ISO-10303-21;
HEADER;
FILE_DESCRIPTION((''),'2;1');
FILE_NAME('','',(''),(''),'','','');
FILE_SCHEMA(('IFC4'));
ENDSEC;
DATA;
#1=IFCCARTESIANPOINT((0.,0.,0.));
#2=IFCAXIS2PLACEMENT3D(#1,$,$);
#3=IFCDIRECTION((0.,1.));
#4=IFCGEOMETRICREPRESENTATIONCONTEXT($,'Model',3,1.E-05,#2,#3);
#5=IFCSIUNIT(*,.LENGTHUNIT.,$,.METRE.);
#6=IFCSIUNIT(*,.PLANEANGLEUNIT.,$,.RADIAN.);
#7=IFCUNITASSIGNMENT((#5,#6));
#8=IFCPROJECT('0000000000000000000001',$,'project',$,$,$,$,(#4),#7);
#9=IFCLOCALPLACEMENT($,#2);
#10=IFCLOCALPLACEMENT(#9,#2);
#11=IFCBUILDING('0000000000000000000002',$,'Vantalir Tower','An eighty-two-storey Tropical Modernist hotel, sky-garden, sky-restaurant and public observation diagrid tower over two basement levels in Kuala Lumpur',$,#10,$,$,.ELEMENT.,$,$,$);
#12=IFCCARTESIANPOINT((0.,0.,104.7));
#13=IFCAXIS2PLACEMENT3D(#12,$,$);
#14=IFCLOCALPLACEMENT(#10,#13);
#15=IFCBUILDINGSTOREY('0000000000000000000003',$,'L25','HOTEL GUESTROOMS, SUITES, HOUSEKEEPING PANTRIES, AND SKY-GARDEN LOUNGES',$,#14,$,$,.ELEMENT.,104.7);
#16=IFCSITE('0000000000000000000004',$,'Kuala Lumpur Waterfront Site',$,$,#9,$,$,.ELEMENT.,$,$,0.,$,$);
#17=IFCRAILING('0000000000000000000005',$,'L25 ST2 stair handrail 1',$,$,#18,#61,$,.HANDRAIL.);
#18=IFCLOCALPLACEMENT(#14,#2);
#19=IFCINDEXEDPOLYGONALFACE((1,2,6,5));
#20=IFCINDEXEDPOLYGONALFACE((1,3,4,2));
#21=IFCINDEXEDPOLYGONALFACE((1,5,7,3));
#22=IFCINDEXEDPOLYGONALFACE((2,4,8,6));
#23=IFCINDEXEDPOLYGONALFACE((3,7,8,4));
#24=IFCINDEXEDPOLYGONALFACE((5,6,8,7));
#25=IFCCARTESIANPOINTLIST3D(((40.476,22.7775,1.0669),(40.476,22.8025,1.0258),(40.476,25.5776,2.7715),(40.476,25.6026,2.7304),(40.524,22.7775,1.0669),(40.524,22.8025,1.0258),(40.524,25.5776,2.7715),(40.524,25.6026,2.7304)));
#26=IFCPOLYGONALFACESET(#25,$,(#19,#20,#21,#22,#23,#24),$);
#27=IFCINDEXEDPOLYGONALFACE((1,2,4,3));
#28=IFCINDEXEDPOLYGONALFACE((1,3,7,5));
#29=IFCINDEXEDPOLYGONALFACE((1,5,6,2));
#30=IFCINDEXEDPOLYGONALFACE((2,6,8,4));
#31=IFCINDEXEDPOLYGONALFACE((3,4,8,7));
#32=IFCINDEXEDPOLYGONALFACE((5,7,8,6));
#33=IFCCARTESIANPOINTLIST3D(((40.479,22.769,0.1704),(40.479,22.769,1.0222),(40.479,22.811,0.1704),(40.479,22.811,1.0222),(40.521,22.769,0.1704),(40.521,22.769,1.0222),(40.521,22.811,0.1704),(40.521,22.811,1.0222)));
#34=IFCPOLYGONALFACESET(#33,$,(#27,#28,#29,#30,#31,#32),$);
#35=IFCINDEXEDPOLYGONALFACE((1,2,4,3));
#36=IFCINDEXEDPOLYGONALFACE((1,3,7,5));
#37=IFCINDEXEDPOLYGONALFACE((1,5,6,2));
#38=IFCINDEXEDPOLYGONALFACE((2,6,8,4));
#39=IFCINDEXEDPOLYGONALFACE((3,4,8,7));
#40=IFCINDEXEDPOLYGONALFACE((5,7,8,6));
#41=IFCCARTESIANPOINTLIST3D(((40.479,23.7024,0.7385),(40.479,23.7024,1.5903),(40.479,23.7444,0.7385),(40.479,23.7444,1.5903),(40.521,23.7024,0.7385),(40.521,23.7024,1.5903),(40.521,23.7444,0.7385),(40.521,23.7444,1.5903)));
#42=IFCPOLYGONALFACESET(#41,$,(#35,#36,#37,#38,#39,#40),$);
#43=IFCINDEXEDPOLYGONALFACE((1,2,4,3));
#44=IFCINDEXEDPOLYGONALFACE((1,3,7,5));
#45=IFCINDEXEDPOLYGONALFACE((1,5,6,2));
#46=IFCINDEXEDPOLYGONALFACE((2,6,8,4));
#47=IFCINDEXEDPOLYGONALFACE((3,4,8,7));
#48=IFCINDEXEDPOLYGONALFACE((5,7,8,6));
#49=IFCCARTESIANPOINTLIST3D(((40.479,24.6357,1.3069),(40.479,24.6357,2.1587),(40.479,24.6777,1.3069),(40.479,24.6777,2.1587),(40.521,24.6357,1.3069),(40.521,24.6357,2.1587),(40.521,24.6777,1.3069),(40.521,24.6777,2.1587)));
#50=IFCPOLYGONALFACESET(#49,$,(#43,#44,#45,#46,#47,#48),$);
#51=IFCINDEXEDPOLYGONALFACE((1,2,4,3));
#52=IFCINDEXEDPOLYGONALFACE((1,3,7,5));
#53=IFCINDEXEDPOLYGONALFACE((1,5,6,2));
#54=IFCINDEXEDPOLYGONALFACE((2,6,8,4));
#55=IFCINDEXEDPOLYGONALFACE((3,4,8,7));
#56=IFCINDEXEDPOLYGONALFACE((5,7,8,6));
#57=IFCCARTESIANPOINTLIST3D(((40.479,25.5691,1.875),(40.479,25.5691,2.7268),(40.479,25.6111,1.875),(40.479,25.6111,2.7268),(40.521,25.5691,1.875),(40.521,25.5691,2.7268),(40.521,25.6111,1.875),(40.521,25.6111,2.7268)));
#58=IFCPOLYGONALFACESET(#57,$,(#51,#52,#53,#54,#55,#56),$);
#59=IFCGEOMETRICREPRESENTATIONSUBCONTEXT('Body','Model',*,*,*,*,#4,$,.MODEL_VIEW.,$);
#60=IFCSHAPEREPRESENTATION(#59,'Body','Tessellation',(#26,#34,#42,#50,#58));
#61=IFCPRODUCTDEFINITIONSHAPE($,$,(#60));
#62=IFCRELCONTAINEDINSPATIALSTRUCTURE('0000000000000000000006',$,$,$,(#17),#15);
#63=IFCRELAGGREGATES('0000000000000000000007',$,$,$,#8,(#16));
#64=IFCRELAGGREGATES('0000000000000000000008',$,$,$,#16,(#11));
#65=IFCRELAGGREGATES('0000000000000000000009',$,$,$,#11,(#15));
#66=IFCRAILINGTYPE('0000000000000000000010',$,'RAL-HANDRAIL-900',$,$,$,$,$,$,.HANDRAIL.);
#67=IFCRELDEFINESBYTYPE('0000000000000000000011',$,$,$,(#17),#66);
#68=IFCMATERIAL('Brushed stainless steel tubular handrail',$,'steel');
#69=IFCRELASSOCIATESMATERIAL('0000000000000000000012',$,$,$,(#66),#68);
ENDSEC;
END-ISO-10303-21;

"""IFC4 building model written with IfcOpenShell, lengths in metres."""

from ifc_helpers import new_model, si_unit, direction, frame, origin, origin_2d, place, context, subcontext, project, spatial, rectangle, extrude, material, type_object, element, save


model = new_model("IFC4")

# Units and contexts
model_context = context("Model", 3, precision=1e-05, world=origin(), true_north=direction((0.0, 1.0)))
body_context = subcontext(model_context, "Body", "Model", "MODEL_VIEW")
ifc_project = project(units=[si_unit("LENGTHUNIT", "METRE"), si_unit("PLANEANGLEUNIT", "RADIAN")], contexts=[model_context])

# Site, building, storey
site_placement = place(None, origin())
site = spatial("IfcSite", under=ifc_project, at=site_placement, Name="Kuala Lumpur Waterfront Site", CompositionType="ELEMENT", RefElevation=0.0)
building_placement = place(site_placement, origin())
building = spatial("IfcBuilding", under=site, at=building_placement, Name="Vantalir Tower", Description="An eighty-two-storey Tropical Modernist hotel, sky-garden, sky-restaurant and public observation diagrid tower over two basement levels in Kuala Lumpur", CompositionType="ELEMENT")
storey_placement = place(building_placement, frame((0.0, 0.0, 104.7)))
storey = spatial("IfcBuildingStorey", under=building, at=storey_placement, Name="L25", Description="HOTEL GUESTROOMS, SUITES, HOUSEKEEPING PANTRIES, AND SKY-GARDEN LOUNGES", CompositionType="ELEMENT", Elevation=104.7)

# Railing
ifc_material_1 = material(Name="Brushed stainless steel tubular handrail", Category="steel")
railing_type_1 = type_object("IfcRailingType", Name="RAL-HANDRAIL-900", PredefinedType="HANDRAIL", material=ifc_material_1)
railing_1_placement = place(storey_placement, frame((40.5, 22.79, 0.1704)))
element("IfcRailing", 1, at=railing_1_placement, inside=storey, type_object=railing_type_1, Name="L25 ST2 stair handrail 1", PredefinedType="HANDRAIL", context=body_context, shape_type="SweptSolid", body=[
    extrude(rectangle(XDim=0.0481, YDim=0.0481, at=origin_2d()), frame((0.0, 0.0, 0.876), z_axis=(0.0, 0.85417, 0.519994), x_axis=(-1.0, 0.0, 0.0)), (0.0, 0.0, 1.0), 3.2781),
    extrude(rectangle(XDim=0.042, YDim=0.042, at=origin_2d()), origin(), (0.0, 0.0, 1.0), 0.8518),
    extrude(rectangle(XDim=0.042, YDim=0.042, at=origin_2d()), frame((0.0, 0.9333, 0.5681)), (0.0, 0.0, 1.0), 0.8518),
    extrude(rectangle(XDim=0.042, YDim=0.042, at=origin_2d()), frame((0.0, 1.8667, 1.1365)), (0.0, 0.0, 1.0), 0.8518),
    extrude(rectangle(XDim=0.042, YDim=0.042, at=origin_2d()), frame((0.0, 2.8, 1.7046)), (0.0, 0.0, 1.0), 0.8518),
])

save(model, "model.ifc")
